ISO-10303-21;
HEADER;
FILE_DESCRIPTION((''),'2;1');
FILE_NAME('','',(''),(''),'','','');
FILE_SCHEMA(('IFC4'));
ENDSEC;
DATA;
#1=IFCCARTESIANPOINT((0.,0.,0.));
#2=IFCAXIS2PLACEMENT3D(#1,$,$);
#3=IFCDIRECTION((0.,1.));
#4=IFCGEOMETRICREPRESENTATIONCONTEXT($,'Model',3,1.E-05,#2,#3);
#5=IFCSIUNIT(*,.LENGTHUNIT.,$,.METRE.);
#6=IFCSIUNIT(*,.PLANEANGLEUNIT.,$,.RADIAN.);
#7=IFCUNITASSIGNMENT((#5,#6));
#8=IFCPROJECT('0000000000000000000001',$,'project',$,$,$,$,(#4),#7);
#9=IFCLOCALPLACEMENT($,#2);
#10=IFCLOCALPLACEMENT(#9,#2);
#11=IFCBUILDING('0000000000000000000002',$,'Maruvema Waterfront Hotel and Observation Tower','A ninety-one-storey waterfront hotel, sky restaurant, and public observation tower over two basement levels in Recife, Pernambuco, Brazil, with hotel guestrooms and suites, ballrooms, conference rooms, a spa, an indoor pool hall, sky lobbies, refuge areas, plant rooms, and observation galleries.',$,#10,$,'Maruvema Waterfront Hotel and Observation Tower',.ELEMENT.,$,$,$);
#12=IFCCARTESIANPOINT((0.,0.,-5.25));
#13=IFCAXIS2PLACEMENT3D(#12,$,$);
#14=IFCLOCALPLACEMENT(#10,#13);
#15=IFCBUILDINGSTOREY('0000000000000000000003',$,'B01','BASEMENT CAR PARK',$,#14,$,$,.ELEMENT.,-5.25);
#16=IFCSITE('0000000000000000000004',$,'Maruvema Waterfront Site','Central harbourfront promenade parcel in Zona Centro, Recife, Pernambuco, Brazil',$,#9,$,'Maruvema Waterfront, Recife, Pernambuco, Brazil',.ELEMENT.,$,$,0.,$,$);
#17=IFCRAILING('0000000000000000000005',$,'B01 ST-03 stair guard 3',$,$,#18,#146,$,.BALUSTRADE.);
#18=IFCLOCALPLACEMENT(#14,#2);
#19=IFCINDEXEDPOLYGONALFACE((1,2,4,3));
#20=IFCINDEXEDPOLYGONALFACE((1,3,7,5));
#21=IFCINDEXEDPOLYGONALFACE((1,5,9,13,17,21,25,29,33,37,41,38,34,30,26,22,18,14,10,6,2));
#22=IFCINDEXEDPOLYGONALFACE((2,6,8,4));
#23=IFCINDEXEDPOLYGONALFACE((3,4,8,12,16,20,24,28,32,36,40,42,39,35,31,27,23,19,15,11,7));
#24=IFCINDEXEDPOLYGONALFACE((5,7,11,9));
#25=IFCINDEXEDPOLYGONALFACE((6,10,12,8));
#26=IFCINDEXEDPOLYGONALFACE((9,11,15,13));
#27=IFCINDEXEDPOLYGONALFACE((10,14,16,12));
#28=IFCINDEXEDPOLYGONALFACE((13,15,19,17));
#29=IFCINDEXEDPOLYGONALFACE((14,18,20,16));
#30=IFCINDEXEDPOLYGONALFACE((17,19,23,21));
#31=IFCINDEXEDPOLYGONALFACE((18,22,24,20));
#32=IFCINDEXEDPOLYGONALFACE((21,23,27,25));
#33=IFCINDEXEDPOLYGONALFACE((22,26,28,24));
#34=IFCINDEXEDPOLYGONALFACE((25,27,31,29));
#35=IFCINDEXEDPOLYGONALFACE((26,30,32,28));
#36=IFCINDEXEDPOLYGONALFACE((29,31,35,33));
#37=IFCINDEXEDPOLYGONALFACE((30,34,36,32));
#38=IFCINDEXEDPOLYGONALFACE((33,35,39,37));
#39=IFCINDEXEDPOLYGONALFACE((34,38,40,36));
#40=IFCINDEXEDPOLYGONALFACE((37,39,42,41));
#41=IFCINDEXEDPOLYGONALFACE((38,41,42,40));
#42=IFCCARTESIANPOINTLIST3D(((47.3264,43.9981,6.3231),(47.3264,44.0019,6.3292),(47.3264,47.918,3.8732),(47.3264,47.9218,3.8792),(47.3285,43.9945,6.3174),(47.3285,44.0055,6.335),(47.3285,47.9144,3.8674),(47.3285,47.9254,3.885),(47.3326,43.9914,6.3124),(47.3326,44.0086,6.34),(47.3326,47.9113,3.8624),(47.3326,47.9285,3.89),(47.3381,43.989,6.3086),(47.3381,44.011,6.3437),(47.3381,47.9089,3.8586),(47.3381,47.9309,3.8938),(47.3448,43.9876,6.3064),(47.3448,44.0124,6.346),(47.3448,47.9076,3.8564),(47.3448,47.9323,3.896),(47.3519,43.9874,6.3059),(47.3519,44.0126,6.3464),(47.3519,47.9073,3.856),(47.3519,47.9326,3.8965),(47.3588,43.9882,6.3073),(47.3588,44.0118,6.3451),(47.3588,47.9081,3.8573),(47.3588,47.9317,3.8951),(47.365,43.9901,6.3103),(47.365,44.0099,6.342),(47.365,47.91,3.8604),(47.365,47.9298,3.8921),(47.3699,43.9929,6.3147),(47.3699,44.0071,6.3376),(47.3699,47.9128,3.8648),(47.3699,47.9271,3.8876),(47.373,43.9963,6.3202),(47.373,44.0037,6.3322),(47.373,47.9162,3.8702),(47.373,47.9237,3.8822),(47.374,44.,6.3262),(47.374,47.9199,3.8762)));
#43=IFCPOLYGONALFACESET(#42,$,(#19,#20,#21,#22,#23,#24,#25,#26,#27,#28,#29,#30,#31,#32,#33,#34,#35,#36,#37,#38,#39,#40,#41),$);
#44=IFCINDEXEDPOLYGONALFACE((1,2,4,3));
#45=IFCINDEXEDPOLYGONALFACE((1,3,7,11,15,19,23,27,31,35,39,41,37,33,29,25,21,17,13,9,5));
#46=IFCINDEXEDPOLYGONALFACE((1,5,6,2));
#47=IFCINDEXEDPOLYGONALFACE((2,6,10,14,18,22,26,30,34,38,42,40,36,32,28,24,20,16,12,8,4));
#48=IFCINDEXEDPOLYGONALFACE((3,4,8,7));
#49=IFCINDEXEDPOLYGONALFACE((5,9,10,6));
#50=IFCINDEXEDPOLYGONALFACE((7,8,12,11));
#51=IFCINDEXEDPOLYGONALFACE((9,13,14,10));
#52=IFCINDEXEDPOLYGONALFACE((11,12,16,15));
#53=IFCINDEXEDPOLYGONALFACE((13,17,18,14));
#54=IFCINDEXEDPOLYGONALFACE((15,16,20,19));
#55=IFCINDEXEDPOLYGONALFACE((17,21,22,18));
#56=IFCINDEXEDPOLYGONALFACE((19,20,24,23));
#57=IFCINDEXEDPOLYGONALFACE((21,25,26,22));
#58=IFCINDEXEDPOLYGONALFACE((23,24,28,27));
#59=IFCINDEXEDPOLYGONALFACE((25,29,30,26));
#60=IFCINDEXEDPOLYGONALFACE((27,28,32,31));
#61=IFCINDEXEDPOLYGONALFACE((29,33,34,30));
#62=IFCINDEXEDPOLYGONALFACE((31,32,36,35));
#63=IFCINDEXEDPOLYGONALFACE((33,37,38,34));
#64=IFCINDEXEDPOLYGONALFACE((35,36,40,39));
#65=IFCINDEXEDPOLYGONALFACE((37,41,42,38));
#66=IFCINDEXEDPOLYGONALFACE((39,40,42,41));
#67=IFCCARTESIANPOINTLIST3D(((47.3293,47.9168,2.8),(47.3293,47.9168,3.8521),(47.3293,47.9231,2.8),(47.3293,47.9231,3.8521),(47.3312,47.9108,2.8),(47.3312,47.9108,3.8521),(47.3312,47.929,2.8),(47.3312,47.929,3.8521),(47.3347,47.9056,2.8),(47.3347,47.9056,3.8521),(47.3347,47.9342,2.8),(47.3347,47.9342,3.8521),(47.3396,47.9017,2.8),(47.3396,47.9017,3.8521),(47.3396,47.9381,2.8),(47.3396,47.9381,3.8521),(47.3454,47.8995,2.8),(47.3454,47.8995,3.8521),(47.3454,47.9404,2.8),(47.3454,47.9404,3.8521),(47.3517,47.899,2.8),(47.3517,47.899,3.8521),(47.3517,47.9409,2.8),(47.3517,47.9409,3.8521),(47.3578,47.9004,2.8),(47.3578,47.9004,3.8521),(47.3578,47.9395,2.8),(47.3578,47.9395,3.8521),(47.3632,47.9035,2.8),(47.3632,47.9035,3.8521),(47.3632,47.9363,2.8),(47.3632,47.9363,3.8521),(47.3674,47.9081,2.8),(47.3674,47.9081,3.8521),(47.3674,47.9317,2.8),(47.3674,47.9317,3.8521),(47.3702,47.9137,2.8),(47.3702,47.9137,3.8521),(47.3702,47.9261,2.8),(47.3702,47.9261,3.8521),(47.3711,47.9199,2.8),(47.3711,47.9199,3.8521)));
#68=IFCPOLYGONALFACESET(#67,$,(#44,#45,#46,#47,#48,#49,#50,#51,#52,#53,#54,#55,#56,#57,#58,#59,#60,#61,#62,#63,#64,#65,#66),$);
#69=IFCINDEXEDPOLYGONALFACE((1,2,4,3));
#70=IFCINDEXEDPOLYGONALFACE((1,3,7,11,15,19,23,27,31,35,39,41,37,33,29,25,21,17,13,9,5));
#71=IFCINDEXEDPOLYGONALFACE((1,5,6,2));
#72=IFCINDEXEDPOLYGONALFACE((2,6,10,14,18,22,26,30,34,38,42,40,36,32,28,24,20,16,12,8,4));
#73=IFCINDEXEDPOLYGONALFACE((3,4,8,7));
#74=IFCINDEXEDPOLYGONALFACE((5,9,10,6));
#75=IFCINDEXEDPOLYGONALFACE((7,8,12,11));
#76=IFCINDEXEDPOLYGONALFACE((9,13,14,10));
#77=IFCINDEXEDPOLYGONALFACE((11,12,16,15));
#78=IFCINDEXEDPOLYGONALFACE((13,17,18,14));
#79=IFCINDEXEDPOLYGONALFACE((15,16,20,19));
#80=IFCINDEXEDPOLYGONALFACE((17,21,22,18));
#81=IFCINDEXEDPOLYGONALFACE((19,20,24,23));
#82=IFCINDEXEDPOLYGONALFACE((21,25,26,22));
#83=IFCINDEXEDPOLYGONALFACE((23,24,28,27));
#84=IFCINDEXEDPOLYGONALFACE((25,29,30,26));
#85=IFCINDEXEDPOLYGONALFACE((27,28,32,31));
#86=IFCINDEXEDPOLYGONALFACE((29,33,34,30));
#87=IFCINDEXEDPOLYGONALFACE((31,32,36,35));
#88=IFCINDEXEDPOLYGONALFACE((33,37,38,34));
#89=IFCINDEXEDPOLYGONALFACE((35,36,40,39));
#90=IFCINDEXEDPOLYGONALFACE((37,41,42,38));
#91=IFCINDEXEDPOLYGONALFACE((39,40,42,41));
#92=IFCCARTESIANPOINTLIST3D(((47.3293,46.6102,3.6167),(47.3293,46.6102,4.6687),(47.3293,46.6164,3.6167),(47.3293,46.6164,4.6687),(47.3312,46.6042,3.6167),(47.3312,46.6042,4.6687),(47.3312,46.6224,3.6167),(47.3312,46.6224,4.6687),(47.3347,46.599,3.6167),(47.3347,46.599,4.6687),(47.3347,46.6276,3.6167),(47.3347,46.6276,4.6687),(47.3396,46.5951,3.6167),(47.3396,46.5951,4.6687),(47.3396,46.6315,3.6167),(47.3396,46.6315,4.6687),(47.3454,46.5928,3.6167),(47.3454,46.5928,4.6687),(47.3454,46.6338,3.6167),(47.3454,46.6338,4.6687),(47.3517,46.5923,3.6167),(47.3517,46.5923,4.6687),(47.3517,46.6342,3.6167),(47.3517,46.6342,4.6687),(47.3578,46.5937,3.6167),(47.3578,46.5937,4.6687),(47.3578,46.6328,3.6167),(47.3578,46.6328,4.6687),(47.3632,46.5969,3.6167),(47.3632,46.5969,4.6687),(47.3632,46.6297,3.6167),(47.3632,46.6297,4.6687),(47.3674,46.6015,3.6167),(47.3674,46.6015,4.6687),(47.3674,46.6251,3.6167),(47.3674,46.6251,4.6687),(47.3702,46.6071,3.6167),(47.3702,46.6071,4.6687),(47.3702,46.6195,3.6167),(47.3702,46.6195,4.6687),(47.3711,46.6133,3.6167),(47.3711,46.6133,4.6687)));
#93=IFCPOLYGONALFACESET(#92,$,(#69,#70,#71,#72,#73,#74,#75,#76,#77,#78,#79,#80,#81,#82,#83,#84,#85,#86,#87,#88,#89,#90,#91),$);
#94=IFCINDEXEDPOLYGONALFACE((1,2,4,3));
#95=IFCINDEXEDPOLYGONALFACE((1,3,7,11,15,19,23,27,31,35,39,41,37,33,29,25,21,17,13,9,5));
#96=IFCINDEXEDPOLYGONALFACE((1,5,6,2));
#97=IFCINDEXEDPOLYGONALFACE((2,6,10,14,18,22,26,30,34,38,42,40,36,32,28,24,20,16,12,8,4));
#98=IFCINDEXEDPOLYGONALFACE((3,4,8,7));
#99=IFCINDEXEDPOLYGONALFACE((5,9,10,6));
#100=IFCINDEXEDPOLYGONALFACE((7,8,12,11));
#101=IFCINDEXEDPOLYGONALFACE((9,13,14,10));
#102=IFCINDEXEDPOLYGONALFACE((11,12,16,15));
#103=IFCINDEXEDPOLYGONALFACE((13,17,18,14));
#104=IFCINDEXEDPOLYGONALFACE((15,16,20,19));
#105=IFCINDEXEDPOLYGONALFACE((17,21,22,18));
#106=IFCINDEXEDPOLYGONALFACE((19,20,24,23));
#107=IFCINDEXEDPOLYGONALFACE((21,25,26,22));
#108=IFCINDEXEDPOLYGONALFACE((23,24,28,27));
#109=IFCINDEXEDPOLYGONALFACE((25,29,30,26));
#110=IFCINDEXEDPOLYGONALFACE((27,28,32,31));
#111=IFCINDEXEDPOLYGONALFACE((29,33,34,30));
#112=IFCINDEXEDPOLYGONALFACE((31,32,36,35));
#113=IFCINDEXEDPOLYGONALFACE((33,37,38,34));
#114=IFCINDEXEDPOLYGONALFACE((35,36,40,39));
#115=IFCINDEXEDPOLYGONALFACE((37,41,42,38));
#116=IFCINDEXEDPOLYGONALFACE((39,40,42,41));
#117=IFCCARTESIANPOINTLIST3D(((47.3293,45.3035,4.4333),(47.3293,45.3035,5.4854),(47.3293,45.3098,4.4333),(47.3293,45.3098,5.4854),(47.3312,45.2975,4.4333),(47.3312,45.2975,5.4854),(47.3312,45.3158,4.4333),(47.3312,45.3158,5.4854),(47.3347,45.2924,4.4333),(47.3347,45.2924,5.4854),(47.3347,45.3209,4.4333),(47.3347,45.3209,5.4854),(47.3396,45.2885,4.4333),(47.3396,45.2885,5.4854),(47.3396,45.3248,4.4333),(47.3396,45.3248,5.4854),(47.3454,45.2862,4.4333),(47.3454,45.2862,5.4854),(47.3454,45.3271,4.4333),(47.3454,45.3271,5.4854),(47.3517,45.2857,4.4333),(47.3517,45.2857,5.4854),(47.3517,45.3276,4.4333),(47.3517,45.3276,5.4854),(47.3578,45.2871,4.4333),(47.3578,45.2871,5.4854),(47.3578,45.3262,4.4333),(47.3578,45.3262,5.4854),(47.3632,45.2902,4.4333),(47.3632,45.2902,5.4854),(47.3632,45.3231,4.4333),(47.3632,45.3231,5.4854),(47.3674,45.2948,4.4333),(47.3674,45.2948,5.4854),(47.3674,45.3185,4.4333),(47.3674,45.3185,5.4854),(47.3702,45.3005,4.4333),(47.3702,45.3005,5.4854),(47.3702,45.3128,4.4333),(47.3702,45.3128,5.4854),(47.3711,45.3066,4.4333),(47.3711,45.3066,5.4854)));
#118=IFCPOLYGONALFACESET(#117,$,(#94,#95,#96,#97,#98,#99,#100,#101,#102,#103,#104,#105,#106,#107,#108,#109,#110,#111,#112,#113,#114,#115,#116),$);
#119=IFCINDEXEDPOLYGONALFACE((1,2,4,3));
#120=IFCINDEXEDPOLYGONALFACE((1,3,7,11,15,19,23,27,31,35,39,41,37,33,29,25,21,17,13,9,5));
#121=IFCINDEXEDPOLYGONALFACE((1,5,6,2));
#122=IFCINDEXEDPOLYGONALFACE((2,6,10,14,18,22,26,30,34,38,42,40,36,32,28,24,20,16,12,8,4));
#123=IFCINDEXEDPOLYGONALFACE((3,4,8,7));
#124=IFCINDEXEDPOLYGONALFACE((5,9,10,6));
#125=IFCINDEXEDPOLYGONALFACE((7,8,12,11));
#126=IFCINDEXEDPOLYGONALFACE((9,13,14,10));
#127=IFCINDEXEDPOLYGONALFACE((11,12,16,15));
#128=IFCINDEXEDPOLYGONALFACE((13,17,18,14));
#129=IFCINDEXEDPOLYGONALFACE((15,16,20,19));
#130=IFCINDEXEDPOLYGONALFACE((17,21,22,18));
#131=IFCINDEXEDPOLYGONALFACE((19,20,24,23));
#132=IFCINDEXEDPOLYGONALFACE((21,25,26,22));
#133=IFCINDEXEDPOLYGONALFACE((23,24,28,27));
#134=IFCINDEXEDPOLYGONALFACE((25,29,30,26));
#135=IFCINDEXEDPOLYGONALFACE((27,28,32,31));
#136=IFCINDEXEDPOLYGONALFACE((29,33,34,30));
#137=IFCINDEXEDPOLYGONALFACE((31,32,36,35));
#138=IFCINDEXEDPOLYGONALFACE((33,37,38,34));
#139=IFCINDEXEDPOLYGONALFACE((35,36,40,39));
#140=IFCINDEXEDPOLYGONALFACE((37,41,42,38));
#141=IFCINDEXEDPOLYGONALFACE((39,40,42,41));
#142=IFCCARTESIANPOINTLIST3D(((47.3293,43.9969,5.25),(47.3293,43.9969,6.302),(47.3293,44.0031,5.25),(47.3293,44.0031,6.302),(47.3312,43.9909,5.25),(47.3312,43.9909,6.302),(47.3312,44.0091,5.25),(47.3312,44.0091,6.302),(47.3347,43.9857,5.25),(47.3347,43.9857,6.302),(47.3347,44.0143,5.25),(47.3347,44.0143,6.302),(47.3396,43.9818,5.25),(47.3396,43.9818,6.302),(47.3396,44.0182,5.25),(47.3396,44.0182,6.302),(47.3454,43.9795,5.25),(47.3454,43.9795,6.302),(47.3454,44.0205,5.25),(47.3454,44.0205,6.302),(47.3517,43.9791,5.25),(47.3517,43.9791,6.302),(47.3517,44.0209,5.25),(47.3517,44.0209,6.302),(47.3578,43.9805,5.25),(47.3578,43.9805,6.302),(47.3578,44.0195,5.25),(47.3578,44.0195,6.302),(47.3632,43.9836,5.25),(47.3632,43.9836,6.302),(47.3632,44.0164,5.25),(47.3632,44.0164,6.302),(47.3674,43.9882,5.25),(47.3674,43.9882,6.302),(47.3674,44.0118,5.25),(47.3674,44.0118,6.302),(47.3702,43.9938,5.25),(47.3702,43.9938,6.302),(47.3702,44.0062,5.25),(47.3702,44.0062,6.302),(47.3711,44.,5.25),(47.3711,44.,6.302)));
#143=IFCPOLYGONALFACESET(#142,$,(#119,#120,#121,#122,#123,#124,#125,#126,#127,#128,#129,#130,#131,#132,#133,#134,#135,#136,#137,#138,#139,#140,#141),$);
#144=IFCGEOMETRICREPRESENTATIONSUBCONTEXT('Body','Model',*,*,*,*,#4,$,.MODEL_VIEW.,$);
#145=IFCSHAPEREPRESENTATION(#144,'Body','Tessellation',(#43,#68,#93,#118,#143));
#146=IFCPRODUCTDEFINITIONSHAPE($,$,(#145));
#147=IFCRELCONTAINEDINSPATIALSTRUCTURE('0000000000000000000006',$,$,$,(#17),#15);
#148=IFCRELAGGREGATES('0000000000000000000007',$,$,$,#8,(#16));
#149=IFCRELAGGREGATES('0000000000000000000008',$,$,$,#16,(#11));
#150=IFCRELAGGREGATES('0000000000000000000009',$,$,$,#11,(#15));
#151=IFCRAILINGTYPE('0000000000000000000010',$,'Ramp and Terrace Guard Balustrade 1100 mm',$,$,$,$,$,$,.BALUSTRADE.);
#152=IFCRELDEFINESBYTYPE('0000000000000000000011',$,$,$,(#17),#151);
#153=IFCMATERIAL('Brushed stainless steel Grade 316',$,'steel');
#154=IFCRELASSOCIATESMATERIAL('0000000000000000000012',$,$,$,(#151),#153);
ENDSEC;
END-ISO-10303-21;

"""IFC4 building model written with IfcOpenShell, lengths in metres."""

from ifc_helpers import new_model, si_unit, direction, frame, origin, origin_2d, place, context, subcontext, project, spatial, circle, extrude, material, type_object, element, save


model = new_model("IFC4")

# Units and contexts
model_context = context("Model", 3, precision=1e-05, world=origin(), true_north=direction((0.0, 1.0)))
body_context = subcontext(model_context, "Body", "Model", "MODEL_VIEW")
ifc_project = project(units=[si_unit("LENGTHUNIT", "METRE"), si_unit("PLANEANGLEUNIT", "RADIAN")], contexts=[model_context])

# Site, building, storey
site_placement = place(None, origin())
site = spatial("IfcSite", under=ifc_project, at=site_placement, Name="Maruvema Waterfront Site", Description="Central harbourfront promenade parcel in Zona Centro, Recife, Pernambuco, Brazil", LongName="Maruvema Waterfront, Recife, Pernambuco, Brazil", CompositionType="ELEMENT", RefElevation=0.0)
building_placement = place(site_placement, origin())
building = spatial("IfcBuilding", under=site, at=building_placement, Name="Maruvema Waterfront Hotel and Observation Tower", Description="A ninety-one-storey waterfront hotel, sky restaurant, and public observation tower over two basement levels in Recife, Pernambuco, Brazil, with hotel guestrooms and suites, ballrooms, conference rooms, a spa, an indoor pool hall, sky lobbies, refuge areas, plant rooms, and observation galleries.", LongName="Maruvema Waterfront Hotel and Observation Tower", CompositionType="ELEMENT")
storey_placement = place(building_placement, frame((0.0, 0.0, -5.25)))
storey = spatial("IfcBuildingStorey", under=building, at=storey_placement, Name="B01", Description="BASEMENT CAR PARK", CompositionType="ELEMENT", Elevation=-5.25)

# Railing
ifc_material_1 = material(Name="Brushed stainless steel Grade 316", Category="steel")
railing_type_1 = type_object("IfcRailingType", Name="Ramp and Terrace Guard Balustrade 1100 mm", PredefinedType="BALUSTRADE", material=ifc_material_1)
railing_1_placement = place(storey_placement, frame((47.3501, 47.9199, 2.8)))
element("IfcRailing", 1, at=railing_1_placement, inside=storey, type_object=railing_type_1, Name="B01 ST-03 stair guard 3", PredefinedType="BALUSTRADE", context=body_context, shape_type="SweptSolid", body=[
    extrude(circle(Radius=0.0239, at=origin_2d()), frame((0.0, 0.0, 1.0762), z_axis=(0.0, -0.847998, 0.529999), x_axis=(1.0, 0.0, 0.0)), (0.0, 0.0, 1.0), 4.6226),
    extrude(circle(Radius=0.021, at=origin_2d()), origin(), (0.0, 0.0, 1.0), 1.052),
    extrude(circle(Radius=0.021, at=origin_2d()), frame((0.0, -1.3066, 0.8167)), (0.0, 0.0, 1.0), 1.052),
    extrude(circle(Radius=0.021, at=origin_2d()), frame((0.0, -2.6133, 1.6333)), (0.0, 0.0, 1.0), 1.052),
    extrude(circle(Radius=0.021, at=origin_2d()), frame((0.0, -3.9199, 2.45)), (0.0, 0.0, 1.0), 1.052),
])

save(model, "model.ifc")
